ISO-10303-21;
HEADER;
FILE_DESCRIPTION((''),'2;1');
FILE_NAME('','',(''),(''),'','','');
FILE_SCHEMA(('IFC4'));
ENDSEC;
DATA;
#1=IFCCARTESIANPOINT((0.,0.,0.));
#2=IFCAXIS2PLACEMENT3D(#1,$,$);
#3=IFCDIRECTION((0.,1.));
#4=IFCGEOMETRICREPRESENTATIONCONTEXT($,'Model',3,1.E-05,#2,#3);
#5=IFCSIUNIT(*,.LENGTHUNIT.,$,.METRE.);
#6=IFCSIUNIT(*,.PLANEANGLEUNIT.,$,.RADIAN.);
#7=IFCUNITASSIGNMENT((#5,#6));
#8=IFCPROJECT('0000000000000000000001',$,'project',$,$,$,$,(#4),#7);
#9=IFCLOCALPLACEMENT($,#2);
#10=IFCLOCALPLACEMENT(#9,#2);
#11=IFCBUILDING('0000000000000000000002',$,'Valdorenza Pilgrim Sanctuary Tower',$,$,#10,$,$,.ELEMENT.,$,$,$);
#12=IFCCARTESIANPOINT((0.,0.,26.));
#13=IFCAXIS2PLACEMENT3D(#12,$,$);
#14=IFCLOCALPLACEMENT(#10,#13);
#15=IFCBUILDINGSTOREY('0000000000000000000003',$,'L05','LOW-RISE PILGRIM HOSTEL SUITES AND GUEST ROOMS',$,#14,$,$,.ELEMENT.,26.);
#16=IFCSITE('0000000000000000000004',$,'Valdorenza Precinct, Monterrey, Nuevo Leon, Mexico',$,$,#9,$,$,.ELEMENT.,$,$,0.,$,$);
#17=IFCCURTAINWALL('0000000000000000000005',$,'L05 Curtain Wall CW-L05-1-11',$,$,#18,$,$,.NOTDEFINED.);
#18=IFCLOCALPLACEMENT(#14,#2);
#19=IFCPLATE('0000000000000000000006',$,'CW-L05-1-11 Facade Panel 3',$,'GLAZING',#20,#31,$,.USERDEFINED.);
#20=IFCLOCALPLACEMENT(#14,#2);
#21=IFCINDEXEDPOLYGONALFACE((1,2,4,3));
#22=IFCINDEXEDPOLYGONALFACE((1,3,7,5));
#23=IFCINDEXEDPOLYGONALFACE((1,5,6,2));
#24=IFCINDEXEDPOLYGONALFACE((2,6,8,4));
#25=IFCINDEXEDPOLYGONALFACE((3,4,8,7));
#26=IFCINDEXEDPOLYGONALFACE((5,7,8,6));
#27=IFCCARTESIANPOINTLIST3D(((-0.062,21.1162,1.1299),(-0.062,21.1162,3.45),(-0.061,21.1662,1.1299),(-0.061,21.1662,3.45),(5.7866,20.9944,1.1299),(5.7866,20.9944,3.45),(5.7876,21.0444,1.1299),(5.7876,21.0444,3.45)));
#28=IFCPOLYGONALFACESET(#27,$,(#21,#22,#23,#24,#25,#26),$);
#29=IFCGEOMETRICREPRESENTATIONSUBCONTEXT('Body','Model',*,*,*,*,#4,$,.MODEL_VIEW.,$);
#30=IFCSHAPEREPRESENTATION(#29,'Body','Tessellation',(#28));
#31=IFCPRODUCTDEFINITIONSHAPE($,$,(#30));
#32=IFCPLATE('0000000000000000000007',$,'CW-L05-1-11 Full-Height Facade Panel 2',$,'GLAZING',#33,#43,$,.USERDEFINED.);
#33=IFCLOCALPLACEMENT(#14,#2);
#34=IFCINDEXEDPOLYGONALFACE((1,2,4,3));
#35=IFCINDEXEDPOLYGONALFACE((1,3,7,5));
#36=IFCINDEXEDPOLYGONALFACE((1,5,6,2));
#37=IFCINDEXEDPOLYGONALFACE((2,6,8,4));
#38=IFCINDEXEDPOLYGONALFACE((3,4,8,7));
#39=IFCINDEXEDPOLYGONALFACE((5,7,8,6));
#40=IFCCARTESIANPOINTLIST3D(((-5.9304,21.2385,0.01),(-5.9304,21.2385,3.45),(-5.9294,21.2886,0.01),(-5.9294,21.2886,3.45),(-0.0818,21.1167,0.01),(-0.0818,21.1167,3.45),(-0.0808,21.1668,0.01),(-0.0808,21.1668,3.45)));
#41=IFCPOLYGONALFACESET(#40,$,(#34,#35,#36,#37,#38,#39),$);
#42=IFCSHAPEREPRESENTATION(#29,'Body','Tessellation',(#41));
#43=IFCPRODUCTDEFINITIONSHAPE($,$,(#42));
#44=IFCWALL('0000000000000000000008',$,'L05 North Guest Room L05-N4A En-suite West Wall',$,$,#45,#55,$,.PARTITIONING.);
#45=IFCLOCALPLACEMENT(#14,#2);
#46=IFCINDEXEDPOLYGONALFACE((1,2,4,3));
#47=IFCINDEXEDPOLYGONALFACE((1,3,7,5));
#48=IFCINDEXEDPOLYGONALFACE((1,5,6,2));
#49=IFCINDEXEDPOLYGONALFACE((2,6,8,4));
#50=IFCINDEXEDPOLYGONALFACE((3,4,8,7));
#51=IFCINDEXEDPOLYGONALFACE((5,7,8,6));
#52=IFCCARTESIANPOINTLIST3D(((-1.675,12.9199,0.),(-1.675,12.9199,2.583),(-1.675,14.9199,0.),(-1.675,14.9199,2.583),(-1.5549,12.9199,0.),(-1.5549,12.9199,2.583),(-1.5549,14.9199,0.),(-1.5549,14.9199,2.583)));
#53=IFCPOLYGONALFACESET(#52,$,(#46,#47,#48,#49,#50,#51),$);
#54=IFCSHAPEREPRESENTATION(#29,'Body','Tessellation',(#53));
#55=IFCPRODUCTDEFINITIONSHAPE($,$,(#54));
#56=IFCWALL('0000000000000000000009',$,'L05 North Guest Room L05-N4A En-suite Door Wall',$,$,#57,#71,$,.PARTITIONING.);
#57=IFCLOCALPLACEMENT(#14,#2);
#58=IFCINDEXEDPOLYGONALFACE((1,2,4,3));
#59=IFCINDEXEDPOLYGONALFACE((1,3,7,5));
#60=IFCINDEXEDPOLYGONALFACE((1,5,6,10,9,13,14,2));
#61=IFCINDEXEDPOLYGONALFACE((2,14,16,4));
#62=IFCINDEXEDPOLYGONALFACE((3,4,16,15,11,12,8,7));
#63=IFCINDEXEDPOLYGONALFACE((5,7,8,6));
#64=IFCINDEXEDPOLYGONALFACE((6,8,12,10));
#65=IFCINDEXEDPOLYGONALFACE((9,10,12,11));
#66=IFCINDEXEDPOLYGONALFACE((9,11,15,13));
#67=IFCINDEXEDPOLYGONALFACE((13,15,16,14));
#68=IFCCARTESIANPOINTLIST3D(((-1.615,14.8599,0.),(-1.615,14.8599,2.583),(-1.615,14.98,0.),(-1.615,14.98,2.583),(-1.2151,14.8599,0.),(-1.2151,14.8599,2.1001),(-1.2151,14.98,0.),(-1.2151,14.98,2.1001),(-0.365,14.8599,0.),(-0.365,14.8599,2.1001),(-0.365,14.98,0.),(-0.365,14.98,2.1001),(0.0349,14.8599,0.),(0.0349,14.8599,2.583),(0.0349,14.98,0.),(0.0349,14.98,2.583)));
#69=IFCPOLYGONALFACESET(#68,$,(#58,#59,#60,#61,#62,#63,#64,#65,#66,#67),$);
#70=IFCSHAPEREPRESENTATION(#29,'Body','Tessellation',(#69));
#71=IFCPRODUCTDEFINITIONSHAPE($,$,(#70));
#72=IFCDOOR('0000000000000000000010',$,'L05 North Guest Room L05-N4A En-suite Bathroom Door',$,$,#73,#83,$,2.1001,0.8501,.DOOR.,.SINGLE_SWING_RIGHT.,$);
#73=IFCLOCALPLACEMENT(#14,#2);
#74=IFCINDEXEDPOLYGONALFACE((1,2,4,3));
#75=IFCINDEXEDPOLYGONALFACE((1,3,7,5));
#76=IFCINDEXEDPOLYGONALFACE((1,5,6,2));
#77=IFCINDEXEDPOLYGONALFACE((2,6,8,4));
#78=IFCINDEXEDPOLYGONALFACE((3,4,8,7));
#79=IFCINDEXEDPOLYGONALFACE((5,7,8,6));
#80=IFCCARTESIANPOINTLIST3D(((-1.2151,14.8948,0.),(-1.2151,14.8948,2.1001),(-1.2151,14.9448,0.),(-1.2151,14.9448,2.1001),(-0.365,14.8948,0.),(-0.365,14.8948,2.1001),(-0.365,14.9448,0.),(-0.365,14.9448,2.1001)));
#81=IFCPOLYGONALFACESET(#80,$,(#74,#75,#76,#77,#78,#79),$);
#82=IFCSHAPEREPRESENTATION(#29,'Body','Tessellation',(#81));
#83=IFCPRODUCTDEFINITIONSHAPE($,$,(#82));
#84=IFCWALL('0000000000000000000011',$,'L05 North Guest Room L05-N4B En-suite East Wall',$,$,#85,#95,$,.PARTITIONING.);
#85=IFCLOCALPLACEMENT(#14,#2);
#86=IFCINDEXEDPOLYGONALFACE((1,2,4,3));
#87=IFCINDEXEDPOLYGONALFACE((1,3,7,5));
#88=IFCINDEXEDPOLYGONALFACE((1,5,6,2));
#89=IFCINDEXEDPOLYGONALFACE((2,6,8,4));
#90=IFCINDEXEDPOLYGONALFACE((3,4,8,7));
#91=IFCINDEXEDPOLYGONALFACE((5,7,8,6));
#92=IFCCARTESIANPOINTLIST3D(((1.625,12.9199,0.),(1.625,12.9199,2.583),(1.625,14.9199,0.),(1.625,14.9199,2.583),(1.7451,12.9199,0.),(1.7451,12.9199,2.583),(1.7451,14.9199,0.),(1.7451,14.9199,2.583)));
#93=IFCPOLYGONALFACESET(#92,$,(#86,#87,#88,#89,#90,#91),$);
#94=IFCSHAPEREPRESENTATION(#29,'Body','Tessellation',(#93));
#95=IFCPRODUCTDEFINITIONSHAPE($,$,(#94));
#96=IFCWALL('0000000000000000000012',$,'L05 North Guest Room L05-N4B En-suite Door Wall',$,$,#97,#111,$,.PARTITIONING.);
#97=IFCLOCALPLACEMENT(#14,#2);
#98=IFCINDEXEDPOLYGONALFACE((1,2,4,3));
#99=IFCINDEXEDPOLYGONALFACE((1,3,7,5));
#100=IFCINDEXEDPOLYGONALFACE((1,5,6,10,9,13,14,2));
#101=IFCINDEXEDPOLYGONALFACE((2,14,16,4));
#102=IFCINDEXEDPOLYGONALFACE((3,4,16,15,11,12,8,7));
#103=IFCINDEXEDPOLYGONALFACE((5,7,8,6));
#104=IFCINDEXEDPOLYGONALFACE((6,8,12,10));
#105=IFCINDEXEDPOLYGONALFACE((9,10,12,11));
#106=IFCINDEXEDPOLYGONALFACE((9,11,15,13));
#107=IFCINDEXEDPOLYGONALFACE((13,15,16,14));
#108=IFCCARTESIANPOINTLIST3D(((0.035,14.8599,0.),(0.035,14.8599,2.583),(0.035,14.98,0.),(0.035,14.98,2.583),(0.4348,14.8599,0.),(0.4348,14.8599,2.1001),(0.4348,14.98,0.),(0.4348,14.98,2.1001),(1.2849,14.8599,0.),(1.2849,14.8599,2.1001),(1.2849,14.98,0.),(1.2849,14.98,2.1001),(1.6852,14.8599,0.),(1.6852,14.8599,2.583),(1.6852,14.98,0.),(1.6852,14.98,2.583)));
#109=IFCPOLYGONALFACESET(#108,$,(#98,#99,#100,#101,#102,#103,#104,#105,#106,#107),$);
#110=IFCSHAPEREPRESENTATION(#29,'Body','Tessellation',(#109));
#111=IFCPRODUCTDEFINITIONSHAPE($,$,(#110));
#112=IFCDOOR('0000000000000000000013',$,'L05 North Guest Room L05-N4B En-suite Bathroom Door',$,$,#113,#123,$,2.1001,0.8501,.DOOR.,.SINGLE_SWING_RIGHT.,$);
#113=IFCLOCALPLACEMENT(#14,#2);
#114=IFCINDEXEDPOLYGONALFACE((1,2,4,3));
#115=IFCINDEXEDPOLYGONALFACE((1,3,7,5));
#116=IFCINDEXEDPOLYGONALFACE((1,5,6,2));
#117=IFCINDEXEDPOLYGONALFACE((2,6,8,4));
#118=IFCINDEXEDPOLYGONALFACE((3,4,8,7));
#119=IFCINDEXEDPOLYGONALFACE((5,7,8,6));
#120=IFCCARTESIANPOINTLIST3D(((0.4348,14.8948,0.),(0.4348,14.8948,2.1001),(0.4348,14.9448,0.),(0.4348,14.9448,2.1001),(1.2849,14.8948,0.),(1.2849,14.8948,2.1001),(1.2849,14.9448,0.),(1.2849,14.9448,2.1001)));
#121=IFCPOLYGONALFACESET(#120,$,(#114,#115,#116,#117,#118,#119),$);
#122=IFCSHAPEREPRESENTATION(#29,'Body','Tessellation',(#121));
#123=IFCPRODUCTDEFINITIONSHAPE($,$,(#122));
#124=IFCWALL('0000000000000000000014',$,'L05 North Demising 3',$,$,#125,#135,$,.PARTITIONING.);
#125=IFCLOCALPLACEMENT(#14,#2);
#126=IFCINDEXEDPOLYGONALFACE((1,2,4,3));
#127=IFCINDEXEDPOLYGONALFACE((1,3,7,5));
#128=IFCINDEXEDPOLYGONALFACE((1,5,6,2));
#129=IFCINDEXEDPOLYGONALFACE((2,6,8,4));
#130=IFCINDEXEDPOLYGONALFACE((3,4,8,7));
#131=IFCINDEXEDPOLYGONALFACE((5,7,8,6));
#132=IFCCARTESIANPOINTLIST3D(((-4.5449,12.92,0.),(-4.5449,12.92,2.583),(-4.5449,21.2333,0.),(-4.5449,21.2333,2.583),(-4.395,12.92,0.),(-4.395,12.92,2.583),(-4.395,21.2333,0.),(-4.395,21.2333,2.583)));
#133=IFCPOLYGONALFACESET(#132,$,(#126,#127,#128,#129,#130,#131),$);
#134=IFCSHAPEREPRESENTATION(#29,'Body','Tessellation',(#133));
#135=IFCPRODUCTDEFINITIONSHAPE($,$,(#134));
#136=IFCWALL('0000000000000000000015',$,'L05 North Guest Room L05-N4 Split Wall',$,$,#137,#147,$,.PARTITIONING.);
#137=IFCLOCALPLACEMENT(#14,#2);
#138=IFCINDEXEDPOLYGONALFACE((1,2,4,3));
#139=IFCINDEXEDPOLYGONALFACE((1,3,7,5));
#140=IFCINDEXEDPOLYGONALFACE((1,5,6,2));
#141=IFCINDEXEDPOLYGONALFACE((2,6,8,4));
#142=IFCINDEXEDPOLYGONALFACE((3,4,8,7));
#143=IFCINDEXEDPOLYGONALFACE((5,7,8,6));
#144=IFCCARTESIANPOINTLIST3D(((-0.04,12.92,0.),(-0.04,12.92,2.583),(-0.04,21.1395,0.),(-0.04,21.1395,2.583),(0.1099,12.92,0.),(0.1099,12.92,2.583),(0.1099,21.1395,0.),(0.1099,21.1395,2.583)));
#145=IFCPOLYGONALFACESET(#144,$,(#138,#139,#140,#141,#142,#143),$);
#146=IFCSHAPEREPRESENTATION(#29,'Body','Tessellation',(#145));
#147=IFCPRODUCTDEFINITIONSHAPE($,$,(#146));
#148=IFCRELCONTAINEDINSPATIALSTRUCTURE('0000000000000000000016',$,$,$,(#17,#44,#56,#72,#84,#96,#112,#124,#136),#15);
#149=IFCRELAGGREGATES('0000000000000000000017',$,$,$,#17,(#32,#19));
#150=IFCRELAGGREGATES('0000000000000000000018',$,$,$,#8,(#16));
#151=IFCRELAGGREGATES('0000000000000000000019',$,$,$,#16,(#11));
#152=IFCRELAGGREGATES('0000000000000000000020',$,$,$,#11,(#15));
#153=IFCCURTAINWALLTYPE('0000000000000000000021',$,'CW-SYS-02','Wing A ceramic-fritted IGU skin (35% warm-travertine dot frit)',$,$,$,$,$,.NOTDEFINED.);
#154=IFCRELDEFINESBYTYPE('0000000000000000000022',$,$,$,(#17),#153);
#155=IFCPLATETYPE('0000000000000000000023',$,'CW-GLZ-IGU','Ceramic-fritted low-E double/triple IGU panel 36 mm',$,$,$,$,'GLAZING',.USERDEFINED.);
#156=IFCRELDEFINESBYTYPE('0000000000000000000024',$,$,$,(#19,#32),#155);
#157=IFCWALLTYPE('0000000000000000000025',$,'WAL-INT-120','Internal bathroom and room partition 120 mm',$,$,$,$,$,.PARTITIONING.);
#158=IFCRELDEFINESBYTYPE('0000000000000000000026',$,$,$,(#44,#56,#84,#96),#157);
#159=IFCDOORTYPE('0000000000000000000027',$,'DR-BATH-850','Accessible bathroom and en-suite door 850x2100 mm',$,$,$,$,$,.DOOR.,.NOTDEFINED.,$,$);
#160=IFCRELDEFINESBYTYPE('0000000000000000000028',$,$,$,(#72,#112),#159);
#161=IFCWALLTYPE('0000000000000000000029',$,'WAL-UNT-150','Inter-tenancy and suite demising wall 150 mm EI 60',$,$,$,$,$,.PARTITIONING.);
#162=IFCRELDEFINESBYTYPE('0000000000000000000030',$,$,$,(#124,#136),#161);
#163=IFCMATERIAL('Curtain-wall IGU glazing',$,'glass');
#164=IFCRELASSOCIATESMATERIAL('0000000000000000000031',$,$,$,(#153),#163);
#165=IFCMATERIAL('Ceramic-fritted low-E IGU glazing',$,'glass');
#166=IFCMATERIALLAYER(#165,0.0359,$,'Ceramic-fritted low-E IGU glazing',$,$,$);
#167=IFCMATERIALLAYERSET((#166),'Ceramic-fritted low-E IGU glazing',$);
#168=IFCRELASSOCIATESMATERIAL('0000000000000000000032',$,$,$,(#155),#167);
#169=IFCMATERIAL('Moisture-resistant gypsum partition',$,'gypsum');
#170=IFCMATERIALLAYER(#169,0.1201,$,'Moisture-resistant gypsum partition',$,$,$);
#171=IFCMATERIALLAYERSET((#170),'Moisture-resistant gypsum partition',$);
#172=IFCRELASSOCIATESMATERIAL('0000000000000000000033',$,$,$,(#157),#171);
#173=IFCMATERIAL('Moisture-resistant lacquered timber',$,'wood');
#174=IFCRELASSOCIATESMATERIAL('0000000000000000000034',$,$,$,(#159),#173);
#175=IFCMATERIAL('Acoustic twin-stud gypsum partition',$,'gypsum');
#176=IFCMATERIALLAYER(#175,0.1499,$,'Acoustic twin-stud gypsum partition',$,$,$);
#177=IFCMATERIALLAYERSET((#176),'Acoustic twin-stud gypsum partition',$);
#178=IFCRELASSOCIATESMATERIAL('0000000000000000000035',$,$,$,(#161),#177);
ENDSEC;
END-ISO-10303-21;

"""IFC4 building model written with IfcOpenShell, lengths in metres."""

from ifc_helpers import new_model, si_unit, direction, frame, frame_2d, origin, origin_2d, place, context, subcontext, project, spatial, rectangle, extrude, source, transform, mapped, material, layer, layer_set, type_object, element, fill, aggregate, save


model = new_model("IFC4")

# Units and contexts
model_context = context("Model", 3, precision=1e-05, world=origin(), true_north=direction((0.0, 1.0)))
body_context = subcontext(model_context, "Body", "Model", "MODEL_VIEW")
ifc_project = project(units=[si_unit("LENGTHUNIT", "METRE"), si_unit("PLANEANGLEUNIT", "RADIAN")], contexts=[model_context])

# Site, building, storey
site_placement = place(None, origin())
site = spatial("IfcSite", under=ifc_project, at=site_placement, Name="Valdorenza Precinct, Monterrey, Nuevo Leon, Mexico", CompositionType="ELEMENT", RefElevation=0.0)
building_placement = place(site_placement, origin())
building = spatial("IfcBuilding", under=site, at=building_placement, Name="Valdorenza Pilgrim Sanctuary Tower", CompositionType="ELEMENT")
storey_placement = place(building_placement, frame((0.0, 0.0, 26.0)))
storey = spatial("IfcBuildingStorey", under=building, at=storey_placement, Name="L05", Description="LOW-RISE PILGRIM HOSTEL SUITES AND GUEST ROOMS", CompositionType="ELEMENT", Elevation=26.0)

# Curtain wall, plates
ifc_material_1 = material(Name="Curtain-wall IGU glazing", Category="glass")
curtain_wall_type = type_object("IfcCurtainWallType", Name="CW-SYS-02", Description="Wing A ceramic-fritted IGU skin (35% warm-travertine dot frit)", PredefinedType="NOTDEFINED", material=ifc_material_1)
curtain_wall_placement = place(storey_placement, origin())
curtain_wall = element("IfcCurtainWall", 1, at=curtain_wall_placement, inside=storey, type_object=curtain_wall_type, Name="L05 Curtain Wall CW-L05-1-11", PredefinedType="NOTDEFINED")
ifc_material_2 = material(Name="Ceramic-fritted low-E IGU glazing", Category="glass")
ifc_layer_1 = layer(ifc_material_2, 0.0359, Name="Ceramic-fritted low-E IGU glazing")
ifc_layer_set_1 = layer_set([ifc_layer_1], Name="Ceramic-fritted low-E IGU glazing")
plate_type_1 = type_object("IfcPlateType", Name="CW-GLZ-IGU", Description="Ceramic-fritted low-E double/triple IGU panel 36 mm", ElementType="GLAZING", PredefinedType="USERDEFINED", material=ifc_layer_set_1)
shared_shape_1 = source(origin(), body_context, "Body", "SweptSolid", [
    extrude(rectangle(XDim=5.8499, YDim=0.05, at=origin_2d()), origin(), (0.0, 0.0, 1.0), 2.3201),
])
plate_1_placement = place(storey_placement, frame((2.8628, 21.0803, 1.1299), z_axis=(0.0, 0.0, 1.0), x_axis=(0.999783, -0.02082, 0.0)))
plate_1 = element("IfcPlate", 2, at=plate_1_placement, type_object=plate_type_1, Name="CW-L05-1-11 Facade Panel 3", ObjectType="GLAZING", PredefinedType="USERDEFINED", context=body_context, shape_type="MappedRepresentation", body=[
    mapped(shared_shape_1, transform((0.0, 0.0, 0.0), x_axis=(1.0, 0.0, 0.0), y_axis=(0.0, 1.0, 0.0), z_axis=(0.0, 0.0, 1.0), scale=1.0)),
])
shared_shape_2 = source(origin(), body_context, "Body", "SweptSolid", [
    extrude(rectangle(XDim=5.8499, YDim=0.05, at=origin_2d()), origin(), (0.0, 0.0, 1.0), 3.4399),
])
plate_2_placement = place(storey_placement, frame((-3.0056, 21.2026, 0.01), z_axis=(0.0, 0.0, 1.0), x_axis=(0.999783, -0.02082, 0.0)))
plate_2 = element("IfcPlate", 3, at=plate_2_placement, type_object=plate_type_1, Name="CW-L05-1-11 Full-Height Facade Panel 2", ObjectType="GLAZING", PredefinedType="USERDEFINED", context=body_context, shape_type="MappedRepresentation", body=[
    mapped(shared_shape_2, transform((0.0, 0.0, 0.0), x_axis=(1.0, 0.0, 0.0), y_axis=(0.0, 1.0, 0.0), z_axis=(0.0, 0.0, 1.0), scale=1.0)),
])
aggregate(curtain_wall, [plate_2, plate_1])

# Wall
ifc_material_3 = material(Name="Moisture-resistant gypsum partition", Category="gypsum")
ifc_layer_2 = layer(ifc_material_3, 0.1201, Name="Moisture-resistant gypsum partition")
ifc_layer_set_2 = layer_set([ifc_layer_2], Name="Moisture-resistant gypsum partition")
wall_type_1 = type_object("IfcWallType", Name="WAL-INT-120", Description="Internal bathroom and room partition 120 mm", PredefinedType="PARTITIONING", material=ifc_layer_set_2)
wall_1_placement = place(storey_placement, frame((-1.615, 12.9199, 0.0), z_axis=(0.0, 0.0, 1.0), x_axis=(0.0, 1.0, 0.0)))
element("IfcWall", 4, at=wall_1_placement, inside=storey, type_object=wall_type_1, Name="L05 North Guest Room L05-N4A En-suite West Wall", PredefinedType="PARTITIONING", context=body_context, shape_type="SweptSolid", body=[
    extrude(rectangle(XDim=2.0, YDim=0.1201, at=frame_2d((1.0, 0.0))), origin(), (0.0, 0.0, 1.0), 2.583),
])

# Wall, opening, door
wall_2_placement = place(storey_placement, frame((-1.615, 14.9199, 0.0), z_axis=(0.0, 0.0, 1.0), x_axis=(1.0, 0.0, 0.0)))
wall_2 = element("IfcWall", 5, at=wall_2_placement, inside=storey, type_object=wall_type_1, Name="L05 North Guest Room L05-N4A En-suite Door Wall", PredefinedType="PARTITIONING", context=body_context, shape_type="SweptSolid", body=[
    extrude(rectangle(XDim=1.6499, YDim=0.1201, at=frame_2d((0.825, 0.0))), origin(), (0.0, 0.0, 1.0), 2.583),
])
opening_1_placement = place(wall_2_placement, frame((0.3999, 0.0, 0.0)))
opening_1 = element("IfcOpeningElement", 6, at=opening_1_placement, cuts=wall_2, PredefinedType="OPENING", context=body_context, shape_type="SweptSolid", body=[
    extrude(rectangle(XDim=0.8501, YDim=2.1001, at=frame_2d((0.425, 1.05))), frame((0.0, 0.075, 0.0), z_axis=(0.0, -1.0, 0.0), x_axis=(1.0, 0.0, 0.0)), (0.0, 0.0, 1.0), 0.1499),
])
ifc_material_4 = material(Name="Moisture-resistant lacquered timber", Category="wood")
door_type = type_object("IfcDoorType", Name="DR-BATH-850", Description="Accessible bathroom and en-suite door 850x2100 mm", OperationType="NOTDEFINED", PredefinedType="DOOR", material=ifc_material_4)
door_1_placement = place(opening_1_placement, origin())
door_1 = element("IfcDoor", 7, at=door_1_placement, inside=storey, type_object=door_type, Name="L05 North Guest Room L05-N4A En-suite Bathroom Door", OperationType="SINGLE_SWING_RIGHT", OverallHeight=2.1001, OverallWidth=0.8501, PredefinedType="DOOR", context=body_context, shape_type="SweptSolid", body=[
    extrude(rectangle(XDim=0.8501, YDim=2.1001, at=frame_2d((0.425, 1.05))), frame((0.0, 0.0249, 0.0), z_axis=(0.0, -1.0, 0.0), x_axis=(1.0, 0.0, 0.0)), (0.0, 0.0, 1.0), 0.05),
])
fill(opening_1, door_1)

# Wall
wall_3_placement = place(storey_placement, frame((1.6851, 12.9199, 0.0), z_axis=(0.0, 0.0, 1.0), x_axis=(0.0, 1.0, 0.0)))
element("IfcWall", 8, at=wall_3_placement, inside=storey, type_object=wall_type_1, Name="L05 North Guest Room L05-N4B En-suite East Wall", PredefinedType="PARTITIONING", context=body_context, shape_type="SweptSolid", body=[
    extrude(rectangle(XDim=2.0, YDim=0.1201, at=frame_2d((1.0, 0.0))), origin(), (0.0, 0.0, 1.0), 2.583),
])

# Wall, opening, door
wall_4_placement = place(storey_placement, frame((0.0349, 14.9199, 0.0), z_axis=(0.0, 0.0, 1.0), x_axis=(1.0, 0.0, 0.0)))
wall_4 = element("IfcWall", 9, at=wall_4_placement, inside=storey, type_object=wall_type_1, Name="L05 North Guest Room L05-N4B En-suite Door Wall", PredefinedType="PARTITIONING", context=body_context, shape_type="SweptSolid", body=[
    extrude(rectangle(XDim=1.6501, YDim=0.1201, at=frame_2d((0.8252, 0.0))), origin(), (0.0, 0.0, 1.0), 2.583),
])
opening_2_placement = place(wall_4_placement, frame((0.3999, 0.0, 0.0)))
opening_2 = element("IfcOpeningElement", 10, at=opening_2_placement, cuts=wall_4, PredefinedType="OPENING", context=body_context, shape_type="SweptSolid", body=[
    extrude(rectangle(XDim=0.8501, YDim=2.1001, at=frame_2d((0.425, 1.05))), frame((0.0, 0.075, 0.0), z_axis=(0.0, -1.0, 0.0), x_axis=(1.0, 0.0, 0.0)), (0.0, 0.0, 1.0), 0.1499),
])
door_2_placement = place(opening_2_placement, origin())
door_2 = element("IfcDoor", 11, at=door_2_placement, inside=storey, type_object=door_type, Name="L05 North Guest Room L05-N4B En-suite Bathroom Door", OperationType="SINGLE_SWING_RIGHT", OverallHeight=2.1001, OverallWidth=0.8501, PredefinedType="DOOR", context=body_context, shape_type="SweptSolid", body=[
    extrude(rectangle(XDim=0.8501, YDim=2.1001, at=frame_2d((0.425, 1.05))), frame((0.0, 0.0249, 0.0), z_axis=(0.0, -1.0, 0.0), x_axis=(1.0, 0.0, 0.0)), (0.0, 0.0, 1.0), 0.05),
])
fill(opening_2, door_2)

# Walls
ifc_material_5 = material(Name="Acoustic twin-stud gypsum partition", Category="gypsum")
ifc_layer_3 = layer(ifc_material_5, 0.1499, Name="Acoustic twin-stud gypsum partition")
ifc_layer_set_3 = layer_set([ifc_layer_3], Name="Acoustic twin-stud gypsum partition")
wall_type_2 = type_object("IfcWallType", Name="WAL-UNT-150", Description="Inter-tenancy and suite demising wall 150 mm EI 60", PredefinedType="PARTITIONING", material=ifc_layer_set_3)
wall_5_placement = place(storey_placement, frame((-4.47, 12.9199, 0.0), z_axis=(0.0, 0.0, 1.0), x_axis=(0.0, 1.0, 0.0)))
element("IfcWall", 12, at=wall_5_placement, inside=storey, type_object=wall_type_2, Name="L05 North Demising 3", PredefinedType="PARTITIONING", context=body_context, shape_type="SweptSolid", body=[
    extrude(rectangle(XDim=8.3132, YDim=0.1499, at=frame_2d((4.1567, 0.0))), origin(), (0.0, 0.0, 1.0), 2.583),
])
wall_6_placement = place(storey_placement, frame((0.0349, 12.9199, 0.0), z_axis=(0.0, 0.0, 1.0), x_axis=(0.0, 1.0, 0.0)))
element("IfcWall", 13, at=wall_6_placement, inside=storey, type_object=wall_type_2, Name="L05 North Guest Room L05-N4 Split Wall", PredefinedType="PARTITIONING", context=body_context, shape_type="SweptSolid", body=[
    extrude(rectangle(XDim=8.2195, YDim=0.1499, at=frame_2d((4.1099, 0.0))), origin(), (0.0, 0.0, 1.0), 2.583),
])

save(model, "model.ifc")
